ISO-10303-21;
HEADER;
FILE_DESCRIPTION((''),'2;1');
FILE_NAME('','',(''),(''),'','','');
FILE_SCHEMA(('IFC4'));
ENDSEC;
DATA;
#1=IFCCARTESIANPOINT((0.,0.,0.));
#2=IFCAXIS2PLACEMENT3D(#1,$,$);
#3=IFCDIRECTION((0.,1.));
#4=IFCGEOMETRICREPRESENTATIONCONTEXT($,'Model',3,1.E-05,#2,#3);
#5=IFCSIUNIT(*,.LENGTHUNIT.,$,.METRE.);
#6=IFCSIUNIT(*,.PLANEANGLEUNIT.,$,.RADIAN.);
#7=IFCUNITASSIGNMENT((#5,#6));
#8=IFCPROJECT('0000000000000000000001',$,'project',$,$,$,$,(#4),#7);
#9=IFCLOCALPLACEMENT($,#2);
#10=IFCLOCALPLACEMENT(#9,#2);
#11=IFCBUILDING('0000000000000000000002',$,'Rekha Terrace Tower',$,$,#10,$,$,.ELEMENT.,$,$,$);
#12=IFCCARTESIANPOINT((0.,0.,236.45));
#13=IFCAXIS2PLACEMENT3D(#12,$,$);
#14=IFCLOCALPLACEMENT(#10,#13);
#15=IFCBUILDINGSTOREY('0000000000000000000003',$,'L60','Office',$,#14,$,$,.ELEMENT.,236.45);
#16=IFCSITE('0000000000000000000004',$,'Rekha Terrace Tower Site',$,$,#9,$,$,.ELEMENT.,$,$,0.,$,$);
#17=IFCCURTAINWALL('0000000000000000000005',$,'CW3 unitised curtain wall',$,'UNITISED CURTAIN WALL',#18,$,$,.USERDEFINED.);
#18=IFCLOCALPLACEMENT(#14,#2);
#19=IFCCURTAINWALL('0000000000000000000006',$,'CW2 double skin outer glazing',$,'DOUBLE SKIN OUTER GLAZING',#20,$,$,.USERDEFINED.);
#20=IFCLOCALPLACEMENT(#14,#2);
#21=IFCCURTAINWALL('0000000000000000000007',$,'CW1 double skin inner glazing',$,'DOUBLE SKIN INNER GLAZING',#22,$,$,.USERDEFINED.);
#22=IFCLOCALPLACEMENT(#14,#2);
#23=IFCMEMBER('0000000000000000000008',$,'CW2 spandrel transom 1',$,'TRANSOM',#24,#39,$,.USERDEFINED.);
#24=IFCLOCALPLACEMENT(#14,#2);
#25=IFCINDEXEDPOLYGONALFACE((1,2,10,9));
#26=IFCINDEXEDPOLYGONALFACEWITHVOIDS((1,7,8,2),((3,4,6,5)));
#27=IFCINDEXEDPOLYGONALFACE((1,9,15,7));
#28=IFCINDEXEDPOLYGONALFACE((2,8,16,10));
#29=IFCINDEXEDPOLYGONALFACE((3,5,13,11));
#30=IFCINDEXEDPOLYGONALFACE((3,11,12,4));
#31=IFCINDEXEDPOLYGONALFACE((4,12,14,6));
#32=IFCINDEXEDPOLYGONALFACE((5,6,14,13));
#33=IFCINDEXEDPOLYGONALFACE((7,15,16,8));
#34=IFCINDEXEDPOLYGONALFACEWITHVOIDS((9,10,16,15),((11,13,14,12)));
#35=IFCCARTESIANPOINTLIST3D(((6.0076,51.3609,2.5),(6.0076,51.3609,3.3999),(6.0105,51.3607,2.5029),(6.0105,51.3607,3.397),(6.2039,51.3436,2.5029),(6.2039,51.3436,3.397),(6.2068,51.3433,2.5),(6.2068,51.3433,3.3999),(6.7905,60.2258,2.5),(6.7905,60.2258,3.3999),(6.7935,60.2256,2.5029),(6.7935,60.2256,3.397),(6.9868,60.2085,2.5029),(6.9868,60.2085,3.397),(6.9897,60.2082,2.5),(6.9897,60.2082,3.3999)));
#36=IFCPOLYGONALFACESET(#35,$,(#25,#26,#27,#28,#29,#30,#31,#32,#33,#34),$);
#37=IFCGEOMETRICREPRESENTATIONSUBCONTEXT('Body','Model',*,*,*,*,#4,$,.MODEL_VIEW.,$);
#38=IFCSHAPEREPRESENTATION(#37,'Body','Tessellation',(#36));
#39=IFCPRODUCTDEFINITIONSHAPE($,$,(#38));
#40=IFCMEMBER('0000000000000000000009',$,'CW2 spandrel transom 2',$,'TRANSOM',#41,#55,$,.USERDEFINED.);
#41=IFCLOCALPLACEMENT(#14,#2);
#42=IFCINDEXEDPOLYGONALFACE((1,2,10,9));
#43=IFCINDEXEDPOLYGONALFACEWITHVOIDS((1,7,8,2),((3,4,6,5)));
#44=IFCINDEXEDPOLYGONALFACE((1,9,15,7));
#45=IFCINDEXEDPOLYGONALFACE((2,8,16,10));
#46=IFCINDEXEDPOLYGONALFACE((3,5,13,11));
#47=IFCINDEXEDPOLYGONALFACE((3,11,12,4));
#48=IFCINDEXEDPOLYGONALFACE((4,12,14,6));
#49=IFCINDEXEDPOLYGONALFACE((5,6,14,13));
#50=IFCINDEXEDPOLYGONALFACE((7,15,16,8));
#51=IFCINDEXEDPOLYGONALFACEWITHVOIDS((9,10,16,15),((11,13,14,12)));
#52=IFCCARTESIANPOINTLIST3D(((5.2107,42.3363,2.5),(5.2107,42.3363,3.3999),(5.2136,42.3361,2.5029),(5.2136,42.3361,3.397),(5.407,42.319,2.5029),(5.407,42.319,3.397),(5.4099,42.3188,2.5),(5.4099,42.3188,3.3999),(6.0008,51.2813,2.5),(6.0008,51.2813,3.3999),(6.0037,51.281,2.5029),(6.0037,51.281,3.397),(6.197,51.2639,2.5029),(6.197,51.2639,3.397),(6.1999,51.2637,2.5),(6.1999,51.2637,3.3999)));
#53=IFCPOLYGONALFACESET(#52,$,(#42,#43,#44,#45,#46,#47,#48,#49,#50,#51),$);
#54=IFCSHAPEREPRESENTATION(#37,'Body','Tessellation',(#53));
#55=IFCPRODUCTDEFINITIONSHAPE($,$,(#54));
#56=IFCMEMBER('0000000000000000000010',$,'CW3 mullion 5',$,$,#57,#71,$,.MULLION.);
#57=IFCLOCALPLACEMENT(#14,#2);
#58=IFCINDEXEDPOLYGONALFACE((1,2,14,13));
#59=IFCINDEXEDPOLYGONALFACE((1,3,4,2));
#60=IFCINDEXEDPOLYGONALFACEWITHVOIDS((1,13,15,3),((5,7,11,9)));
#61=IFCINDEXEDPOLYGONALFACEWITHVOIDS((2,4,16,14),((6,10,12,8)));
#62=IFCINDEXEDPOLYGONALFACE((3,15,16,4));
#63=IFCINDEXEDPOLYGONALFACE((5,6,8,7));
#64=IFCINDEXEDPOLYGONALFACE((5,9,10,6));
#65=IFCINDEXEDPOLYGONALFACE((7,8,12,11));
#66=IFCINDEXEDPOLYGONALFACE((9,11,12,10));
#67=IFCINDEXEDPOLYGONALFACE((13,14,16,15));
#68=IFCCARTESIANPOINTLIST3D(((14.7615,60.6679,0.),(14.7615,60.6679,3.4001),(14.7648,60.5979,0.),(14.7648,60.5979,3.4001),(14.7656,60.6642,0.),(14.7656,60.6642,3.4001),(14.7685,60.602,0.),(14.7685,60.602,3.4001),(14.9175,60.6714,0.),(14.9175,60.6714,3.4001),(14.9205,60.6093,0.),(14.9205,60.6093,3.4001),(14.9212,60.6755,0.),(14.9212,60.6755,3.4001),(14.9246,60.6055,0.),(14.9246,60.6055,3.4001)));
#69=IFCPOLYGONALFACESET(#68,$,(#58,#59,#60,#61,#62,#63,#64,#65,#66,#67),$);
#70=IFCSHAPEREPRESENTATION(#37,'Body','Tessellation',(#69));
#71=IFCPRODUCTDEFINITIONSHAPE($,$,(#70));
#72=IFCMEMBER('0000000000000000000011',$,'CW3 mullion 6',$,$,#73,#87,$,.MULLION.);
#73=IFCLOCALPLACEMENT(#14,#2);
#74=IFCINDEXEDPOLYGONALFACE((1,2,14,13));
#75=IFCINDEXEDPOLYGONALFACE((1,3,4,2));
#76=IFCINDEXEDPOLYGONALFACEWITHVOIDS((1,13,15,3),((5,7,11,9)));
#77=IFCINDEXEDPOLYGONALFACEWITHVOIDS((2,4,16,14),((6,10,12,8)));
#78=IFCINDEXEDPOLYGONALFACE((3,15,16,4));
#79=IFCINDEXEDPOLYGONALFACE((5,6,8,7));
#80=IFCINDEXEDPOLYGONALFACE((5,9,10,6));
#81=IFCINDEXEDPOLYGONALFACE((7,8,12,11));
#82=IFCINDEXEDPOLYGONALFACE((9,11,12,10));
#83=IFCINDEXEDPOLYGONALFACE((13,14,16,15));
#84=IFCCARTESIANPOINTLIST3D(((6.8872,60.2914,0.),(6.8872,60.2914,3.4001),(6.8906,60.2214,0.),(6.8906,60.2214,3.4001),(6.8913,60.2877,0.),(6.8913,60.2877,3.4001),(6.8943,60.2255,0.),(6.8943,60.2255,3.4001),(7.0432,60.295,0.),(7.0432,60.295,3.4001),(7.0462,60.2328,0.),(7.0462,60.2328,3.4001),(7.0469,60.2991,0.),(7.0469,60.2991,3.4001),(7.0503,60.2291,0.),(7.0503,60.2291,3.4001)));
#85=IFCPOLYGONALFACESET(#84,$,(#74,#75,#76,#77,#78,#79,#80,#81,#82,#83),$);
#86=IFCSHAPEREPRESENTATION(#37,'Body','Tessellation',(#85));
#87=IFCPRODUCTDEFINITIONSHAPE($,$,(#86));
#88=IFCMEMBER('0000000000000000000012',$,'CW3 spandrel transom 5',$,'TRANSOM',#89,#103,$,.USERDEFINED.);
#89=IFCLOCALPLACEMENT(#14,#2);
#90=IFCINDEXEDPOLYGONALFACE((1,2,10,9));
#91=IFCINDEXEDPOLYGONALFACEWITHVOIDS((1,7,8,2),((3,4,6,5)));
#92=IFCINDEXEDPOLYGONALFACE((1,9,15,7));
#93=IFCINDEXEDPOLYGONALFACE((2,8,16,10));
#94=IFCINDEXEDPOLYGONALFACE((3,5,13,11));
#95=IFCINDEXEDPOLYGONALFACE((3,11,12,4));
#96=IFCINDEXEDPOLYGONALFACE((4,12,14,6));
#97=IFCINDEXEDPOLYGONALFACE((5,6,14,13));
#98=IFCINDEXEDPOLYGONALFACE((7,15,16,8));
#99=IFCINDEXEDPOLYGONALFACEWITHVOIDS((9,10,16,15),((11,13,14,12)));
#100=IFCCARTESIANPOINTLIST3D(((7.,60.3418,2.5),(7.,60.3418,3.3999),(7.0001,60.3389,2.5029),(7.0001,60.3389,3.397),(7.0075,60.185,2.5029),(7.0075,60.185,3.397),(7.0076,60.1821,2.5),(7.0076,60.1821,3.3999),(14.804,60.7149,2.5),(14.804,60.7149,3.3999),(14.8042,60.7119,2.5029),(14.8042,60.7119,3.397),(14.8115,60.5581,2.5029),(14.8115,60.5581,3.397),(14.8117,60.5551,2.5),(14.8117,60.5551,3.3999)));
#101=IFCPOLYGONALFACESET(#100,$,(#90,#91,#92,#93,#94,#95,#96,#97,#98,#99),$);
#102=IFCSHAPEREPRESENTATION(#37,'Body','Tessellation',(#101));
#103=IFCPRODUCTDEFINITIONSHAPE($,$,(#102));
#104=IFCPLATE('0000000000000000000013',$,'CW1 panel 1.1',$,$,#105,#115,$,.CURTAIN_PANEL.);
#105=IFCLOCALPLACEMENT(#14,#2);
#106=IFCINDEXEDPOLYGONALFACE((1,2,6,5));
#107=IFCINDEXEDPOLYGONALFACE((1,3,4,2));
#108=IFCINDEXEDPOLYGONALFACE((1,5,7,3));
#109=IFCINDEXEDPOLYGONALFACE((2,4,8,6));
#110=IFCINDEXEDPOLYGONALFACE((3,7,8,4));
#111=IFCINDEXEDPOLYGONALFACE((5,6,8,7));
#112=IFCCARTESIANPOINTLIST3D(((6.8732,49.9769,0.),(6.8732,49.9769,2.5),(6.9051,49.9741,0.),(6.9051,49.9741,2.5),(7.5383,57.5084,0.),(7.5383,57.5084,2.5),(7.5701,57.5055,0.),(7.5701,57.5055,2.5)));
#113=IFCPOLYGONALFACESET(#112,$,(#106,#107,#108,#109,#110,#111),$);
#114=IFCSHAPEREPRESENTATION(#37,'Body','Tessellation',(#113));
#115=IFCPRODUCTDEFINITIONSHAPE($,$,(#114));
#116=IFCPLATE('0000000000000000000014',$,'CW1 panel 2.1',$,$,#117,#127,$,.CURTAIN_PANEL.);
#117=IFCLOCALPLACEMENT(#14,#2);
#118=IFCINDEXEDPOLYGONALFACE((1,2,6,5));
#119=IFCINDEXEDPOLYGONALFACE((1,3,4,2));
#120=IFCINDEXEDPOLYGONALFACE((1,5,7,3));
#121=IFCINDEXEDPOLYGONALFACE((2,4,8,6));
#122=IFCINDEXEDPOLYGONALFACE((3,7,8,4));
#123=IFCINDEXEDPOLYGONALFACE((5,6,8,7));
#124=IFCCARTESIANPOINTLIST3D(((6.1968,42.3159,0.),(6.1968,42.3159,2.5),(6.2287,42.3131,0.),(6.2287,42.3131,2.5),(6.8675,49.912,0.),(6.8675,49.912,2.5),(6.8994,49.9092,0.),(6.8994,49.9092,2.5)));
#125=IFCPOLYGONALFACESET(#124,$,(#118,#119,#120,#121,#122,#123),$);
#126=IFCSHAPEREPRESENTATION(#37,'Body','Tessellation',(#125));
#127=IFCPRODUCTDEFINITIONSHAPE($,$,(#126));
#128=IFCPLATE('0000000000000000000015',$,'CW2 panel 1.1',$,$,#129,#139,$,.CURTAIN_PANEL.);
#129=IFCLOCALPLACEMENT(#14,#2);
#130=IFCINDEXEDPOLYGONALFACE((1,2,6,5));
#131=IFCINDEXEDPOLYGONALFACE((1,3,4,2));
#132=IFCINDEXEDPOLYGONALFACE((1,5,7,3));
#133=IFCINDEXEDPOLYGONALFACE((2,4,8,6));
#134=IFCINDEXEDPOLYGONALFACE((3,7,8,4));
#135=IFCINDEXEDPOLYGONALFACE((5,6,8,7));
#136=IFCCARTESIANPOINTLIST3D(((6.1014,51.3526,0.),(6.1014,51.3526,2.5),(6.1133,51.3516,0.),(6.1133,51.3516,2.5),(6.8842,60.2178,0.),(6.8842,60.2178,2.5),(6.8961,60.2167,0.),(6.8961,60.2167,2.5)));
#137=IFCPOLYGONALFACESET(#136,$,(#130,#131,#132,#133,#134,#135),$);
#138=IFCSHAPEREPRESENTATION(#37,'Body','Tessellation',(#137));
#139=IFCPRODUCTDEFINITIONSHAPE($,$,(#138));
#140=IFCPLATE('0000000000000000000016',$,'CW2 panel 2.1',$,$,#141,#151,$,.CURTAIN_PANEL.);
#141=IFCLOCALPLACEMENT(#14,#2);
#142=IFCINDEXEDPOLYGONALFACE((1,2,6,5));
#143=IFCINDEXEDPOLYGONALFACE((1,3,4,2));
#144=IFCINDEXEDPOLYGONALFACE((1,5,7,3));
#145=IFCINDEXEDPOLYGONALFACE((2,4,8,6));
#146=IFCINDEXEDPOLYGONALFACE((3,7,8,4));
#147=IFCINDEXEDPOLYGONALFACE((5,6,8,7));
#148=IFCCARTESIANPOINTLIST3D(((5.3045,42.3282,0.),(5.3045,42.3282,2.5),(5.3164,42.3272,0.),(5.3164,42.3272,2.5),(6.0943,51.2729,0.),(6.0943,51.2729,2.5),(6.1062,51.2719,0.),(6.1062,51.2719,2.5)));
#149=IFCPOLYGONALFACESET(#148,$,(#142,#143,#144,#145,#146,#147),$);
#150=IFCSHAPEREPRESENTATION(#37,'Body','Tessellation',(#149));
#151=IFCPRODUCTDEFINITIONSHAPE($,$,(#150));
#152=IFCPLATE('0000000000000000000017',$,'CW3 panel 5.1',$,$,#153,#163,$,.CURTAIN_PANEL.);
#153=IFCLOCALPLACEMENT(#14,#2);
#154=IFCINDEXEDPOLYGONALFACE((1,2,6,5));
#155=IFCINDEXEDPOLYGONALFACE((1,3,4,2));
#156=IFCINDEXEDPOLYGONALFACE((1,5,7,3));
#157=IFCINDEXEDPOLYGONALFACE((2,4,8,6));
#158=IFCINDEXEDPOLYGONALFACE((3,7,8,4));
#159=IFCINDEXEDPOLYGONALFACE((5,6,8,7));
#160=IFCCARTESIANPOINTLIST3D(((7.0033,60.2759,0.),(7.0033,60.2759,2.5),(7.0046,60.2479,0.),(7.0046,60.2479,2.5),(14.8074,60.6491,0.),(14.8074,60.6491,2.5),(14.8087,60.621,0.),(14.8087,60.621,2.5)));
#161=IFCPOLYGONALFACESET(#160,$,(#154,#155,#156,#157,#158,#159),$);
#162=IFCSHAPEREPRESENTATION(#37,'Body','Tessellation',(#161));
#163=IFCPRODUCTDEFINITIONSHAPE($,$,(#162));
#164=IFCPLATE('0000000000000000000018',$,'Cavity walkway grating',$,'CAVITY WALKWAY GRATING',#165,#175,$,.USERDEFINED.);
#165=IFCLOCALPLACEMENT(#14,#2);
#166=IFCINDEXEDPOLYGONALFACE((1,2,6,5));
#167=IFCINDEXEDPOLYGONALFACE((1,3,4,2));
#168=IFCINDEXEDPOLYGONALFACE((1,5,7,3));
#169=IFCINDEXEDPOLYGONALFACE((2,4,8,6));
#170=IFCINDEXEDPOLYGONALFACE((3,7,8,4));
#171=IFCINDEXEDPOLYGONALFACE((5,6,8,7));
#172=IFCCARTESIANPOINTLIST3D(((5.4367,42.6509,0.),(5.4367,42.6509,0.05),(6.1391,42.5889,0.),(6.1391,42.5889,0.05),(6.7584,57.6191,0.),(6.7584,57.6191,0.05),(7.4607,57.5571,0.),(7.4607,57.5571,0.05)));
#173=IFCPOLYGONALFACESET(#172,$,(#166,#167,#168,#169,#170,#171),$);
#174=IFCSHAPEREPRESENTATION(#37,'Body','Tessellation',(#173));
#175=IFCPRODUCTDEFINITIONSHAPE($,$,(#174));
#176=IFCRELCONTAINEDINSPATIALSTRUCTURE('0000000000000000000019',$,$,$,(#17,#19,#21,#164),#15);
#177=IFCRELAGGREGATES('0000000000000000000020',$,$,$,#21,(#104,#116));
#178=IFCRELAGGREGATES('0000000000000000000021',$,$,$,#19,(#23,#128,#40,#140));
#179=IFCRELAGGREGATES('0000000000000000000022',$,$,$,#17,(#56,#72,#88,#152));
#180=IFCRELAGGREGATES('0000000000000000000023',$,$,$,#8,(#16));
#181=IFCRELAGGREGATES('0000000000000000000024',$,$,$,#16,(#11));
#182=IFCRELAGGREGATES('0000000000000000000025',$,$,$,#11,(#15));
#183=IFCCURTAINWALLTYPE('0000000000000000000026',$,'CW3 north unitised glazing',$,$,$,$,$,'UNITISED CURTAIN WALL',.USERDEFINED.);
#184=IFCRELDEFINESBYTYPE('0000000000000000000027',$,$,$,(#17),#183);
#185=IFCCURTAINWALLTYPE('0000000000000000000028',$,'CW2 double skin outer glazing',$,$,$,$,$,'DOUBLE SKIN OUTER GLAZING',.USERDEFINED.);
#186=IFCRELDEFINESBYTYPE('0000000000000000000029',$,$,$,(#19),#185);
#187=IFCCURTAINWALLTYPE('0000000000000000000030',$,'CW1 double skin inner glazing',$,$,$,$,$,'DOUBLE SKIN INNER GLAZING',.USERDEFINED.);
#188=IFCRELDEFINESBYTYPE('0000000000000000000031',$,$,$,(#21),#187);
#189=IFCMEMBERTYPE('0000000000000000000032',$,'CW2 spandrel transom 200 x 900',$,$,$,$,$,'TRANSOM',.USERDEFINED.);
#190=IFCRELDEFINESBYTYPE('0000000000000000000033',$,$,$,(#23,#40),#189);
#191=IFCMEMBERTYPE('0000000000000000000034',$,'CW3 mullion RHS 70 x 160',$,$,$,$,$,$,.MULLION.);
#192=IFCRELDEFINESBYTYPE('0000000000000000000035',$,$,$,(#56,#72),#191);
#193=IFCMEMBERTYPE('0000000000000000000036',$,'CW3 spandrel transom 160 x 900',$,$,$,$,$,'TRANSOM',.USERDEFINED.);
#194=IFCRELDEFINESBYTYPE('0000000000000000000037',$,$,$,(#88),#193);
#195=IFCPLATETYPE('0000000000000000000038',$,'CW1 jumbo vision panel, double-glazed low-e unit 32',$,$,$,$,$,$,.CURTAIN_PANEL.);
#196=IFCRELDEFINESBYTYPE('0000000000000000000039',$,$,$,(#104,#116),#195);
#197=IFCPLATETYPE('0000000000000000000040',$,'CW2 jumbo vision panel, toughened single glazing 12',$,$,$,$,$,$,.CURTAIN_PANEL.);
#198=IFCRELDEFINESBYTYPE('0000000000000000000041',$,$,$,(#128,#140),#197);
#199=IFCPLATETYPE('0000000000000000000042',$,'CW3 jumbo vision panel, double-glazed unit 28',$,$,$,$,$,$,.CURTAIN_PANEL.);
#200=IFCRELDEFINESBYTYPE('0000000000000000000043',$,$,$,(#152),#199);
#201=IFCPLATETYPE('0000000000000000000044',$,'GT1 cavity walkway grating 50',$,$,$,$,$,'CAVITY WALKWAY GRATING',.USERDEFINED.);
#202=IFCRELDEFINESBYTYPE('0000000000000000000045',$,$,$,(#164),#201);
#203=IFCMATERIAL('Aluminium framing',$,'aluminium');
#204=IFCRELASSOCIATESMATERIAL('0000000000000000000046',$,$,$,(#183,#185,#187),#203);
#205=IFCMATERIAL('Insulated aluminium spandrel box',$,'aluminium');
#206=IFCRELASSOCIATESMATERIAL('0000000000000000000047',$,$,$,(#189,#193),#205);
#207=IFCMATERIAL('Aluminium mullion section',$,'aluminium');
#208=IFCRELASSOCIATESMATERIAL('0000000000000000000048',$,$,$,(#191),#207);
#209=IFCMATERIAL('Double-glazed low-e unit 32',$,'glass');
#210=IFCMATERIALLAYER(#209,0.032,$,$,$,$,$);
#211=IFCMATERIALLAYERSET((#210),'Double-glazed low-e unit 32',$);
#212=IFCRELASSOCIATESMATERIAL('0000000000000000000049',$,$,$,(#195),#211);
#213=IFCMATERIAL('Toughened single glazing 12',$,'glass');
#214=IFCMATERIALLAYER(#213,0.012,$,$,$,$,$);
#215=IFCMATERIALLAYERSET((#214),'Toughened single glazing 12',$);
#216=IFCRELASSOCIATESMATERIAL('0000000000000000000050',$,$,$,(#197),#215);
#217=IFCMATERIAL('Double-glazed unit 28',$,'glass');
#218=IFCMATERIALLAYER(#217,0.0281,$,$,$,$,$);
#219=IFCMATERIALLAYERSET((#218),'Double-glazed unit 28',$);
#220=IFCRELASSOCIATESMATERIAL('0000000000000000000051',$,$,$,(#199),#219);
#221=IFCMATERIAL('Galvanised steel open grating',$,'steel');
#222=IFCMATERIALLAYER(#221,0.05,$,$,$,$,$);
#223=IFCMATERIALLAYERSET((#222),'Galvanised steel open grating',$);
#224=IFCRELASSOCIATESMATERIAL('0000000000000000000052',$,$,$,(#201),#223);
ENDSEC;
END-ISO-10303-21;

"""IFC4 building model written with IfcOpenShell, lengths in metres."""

from ifc_helpers import new_model, si_unit, direction, frame, origin, origin_2d, place, context, subcontext, project, spatial, rectangle, hollow_rectangle, extrude, material, layer, layer_set, material_profile, profile_set, type_object, element, aggregate, save


model = new_model("IFC4")

# Units and contexts
model_context = context("Model", 3, precision=1e-05, world=origin(), true_north=direction((0.0, 1.0)))
body_context = subcontext(model_context, "Body", "Model", "MODEL_VIEW")
ifc_project = project(units=[si_unit("LENGTHUNIT", "METRE"), si_unit("PLANEANGLEUNIT", "RADIAN")], contexts=[model_context])

# Site, building, storey
site_placement = place(None, origin())
site = spatial("IfcSite", under=ifc_project, at=site_placement, Name="Rekha Terrace Tower Site", CompositionType="ELEMENT", RefElevation=0.0)
building_placement = place(site_placement, origin())
building = spatial("IfcBuilding", under=site, at=building_placement, Name="Rekha Terrace Tower", CompositionType="ELEMENT")
storey_placement = place(building_placement, frame((0.0, 0.0, 236.45)))
storey = spatial("IfcBuildingStorey", under=building, at=storey_placement, Name="L60", Description="Office", CompositionType="ELEMENT", Elevation=236.45)

# Curtain walls
ifc_material_1 = material(Name="Aluminium framing", Category="aluminium")
curtain_wall_type_1 = type_object("IfcCurtainWallType", Name="CW3 north unitised glazing", ElementType="UNITISED CURTAIN WALL", PredefinedType="USERDEFINED", material=ifc_material_1)
curtain_wall_1_placement = place(storey_placement, origin())
curtain_wall_1 = element("IfcCurtainWall", 1, at=curtain_wall_1_placement, inside=storey, type_object=curtain_wall_type_1, Name="CW3 unitised curtain wall", ObjectType="UNITISED CURTAIN WALL", PredefinedType="USERDEFINED")
curtain_wall_type_2 = type_object("IfcCurtainWallType", Name="CW2 double skin outer glazing", ElementType="DOUBLE SKIN OUTER GLAZING", PredefinedType="USERDEFINED", material=ifc_material_1)
curtain_wall_2_placement = place(storey_placement, origin())
curtain_wall_2 = element("IfcCurtainWall", 2, at=curtain_wall_2_placement, inside=storey, type_object=curtain_wall_type_2, Name="CW2 double skin outer glazing", ObjectType="DOUBLE SKIN OUTER GLAZING", PredefinedType="USERDEFINED")

# Curtain wall
curtain_wall_type_3 = type_object("IfcCurtainWallType", Name="CW1 double skin inner glazing", ElementType="DOUBLE SKIN INNER GLAZING", PredefinedType="USERDEFINED", material=ifc_material_1)
curtain_wall_3_placement = place(storey_placement, origin())
curtain_wall_3 = element("IfcCurtainWall", 3, at=curtain_wall_3_placement, inside=storey, type_object=curtain_wall_type_3, Name="CW1 double skin inner glazing", ObjectType="DOUBLE SKIN INNER GLAZING", PredefinedType="USERDEFINED")
ifc_material_2 = material(Name="Aluminium mullion section", Category="aluminium")
ifc_material_3 = material(Name="Insulated aluminium spandrel box", Category="aluminium")

# Members
ifc_material_profile_1 = material_profile(ifc_material_3, hollow_rectangle(XDim=0.2, YDim=0.8999, WallThickness=0.0029, at=origin_2d()), Name="AL SPANDREL BOX 200x900")
ifc_profile_set_1 = profile_set([ifc_material_profile_1], Name="Insulated aluminium spandrel box")
member_type_1 = type_object("IfcMemberType", Name="CW2 spandrel transom 200 x 900", ElementType="TRANSOM", PredefinedType="USERDEFINED", material=ifc_profile_set_1)
member_1_placement = place(storey_placement, frame((6.8901, 60.217, 2.95), z_axis=(-0.087978, -0.996122, 0.0), x_axis=(0.996122, -0.087978, 0.0)))
member_1 = element("IfcMember", 4, at=member_1_placement, type_object=member_type_1, Name="CW2 spandrel transom 1", ObjectType="TRANSOM", PredefinedType="USERDEFINED", context=body_context, shape_type="SweptSolid", body=[
    extrude(hollow_rectangle(XDim=0.2, YDim=0.8999, WallThickness=0.0029, at=origin_2d()), origin(), (0.0, 0.0, 1.0), 8.8994),
])
member_2_placement = place(storey_placement, frame((6.1003, 51.2725, 2.95), z_axis=(-0.087981, -0.996122, 0.0), x_axis=(0.996122, -0.087981, 0.0)))
member_2 = element("IfcMember", 5, at=member_2_placement, type_object=member_type_1, Name="CW2 spandrel transom 2", ObjectType="TRANSOM", PredefinedType="USERDEFINED", context=body_context, shape_type="SweptSolid", body=[
    extrude(hollow_rectangle(XDim=0.2, YDim=0.8999, WallThickness=0.0029, at=origin_2d()), origin(), (0.0, 0.0, 1.0), 8.9797),
])
ifc_material_profile_2 = material_profile(ifc_material_2, hollow_rectangle(XDim=0.0701, YDim=0.1599, WallThickness=0.0039, at=origin_2d()), Name="AL RHS 70x160")
ifc_profile_set_2 = profile_set([ifc_material_profile_2], Name="Aluminium mullion section")
member_type_2 = type_object("IfcMemberType", Name="CW3 mullion RHS 70 x 160", PredefinedType="MULLION", material=ifc_profile_set_2)
member_3_placement = place(storey_placement, frame((14.843, 60.6367, 0.0), z_axis=(0.0, 0.0, 1.0), x_axis=(0.047759, -0.998859, 0.0)))
member_3 = element("IfcMember", 6, at=member_3_placement, type_object=member_type_2, Name="CW3 mullion 5", PredefinedType="MULLION", context=body_context, shape_type="SweptSolid", body=[
    extrude(hollow_rectangle(XDim=0.0701, YDim=0.1599, WallThickness=0.0039, at=origin_2d()), origin(), (0.0, 0.0, 1.0), 3.4001),
])
member_4_placement = place(storey_placement, frame((6.9688, 60.2603, 0.0), z_axis=(0.0, 0.0, 1.0), x_axis=(0.047759, -0.998859, 0.0)))
member_4 = element("IfcMember", 7, at=member_4_placement, type_object=member_type_2, Name="CW3 mullion 6", PredefinedType="MULLION", context=body_context, shape_type="SweptSolid", body=[
    extrude(hollow_rectangle(XDim=0.0701, YDim=0.1599, WallThickness=0.0039, at=origin_2d()), origin(), (0.0, 0.0, 1.0), 3.4001),
])
ifc_material_profile_3 = material_profile(ifc_material_3, hollow_rectangle(XDim=0.1599, YDim=0.8999, WallThickness=0.0029, at=origin_2d()), Name="AL SPANDREL BOX 160x900")
ifc_profile_set_3 = profile_set([ifc_material_profile_3], Name="Insulated aluminium spandrel box")
member_type_3 = type_object("IfcMemberType", Name="CW3 spandrel transom 160 x 900", ElementType="TRANSOM", PredefinedType="USERDEFINED", material=ifc_profile_set_3)
member_5_placement = place(storey_placement, frame((14.8079, 60.635, 2.95), z_axis=(-0.998859, -0.047748, 0.0), x_axis=(0.047748, -0.998859, 0.0)))
member_5 = element("IfcMember", 8, at=member_5_placement, type_object=member_type_3, Name="CW3 spandrel transom 5", ObjectType="TRANSOM", PredefinedType="USERDEFINED", context=body_context, shape_type="SweptSolid", body=[
    extrude(hollow_rectangle(XDim=0.1599, YDim=0.8999, WallThickness=0.0029, at=origin_2d()), origin(), (0.0, 0.0, 1.0), 7.813),
])

# Plates
ifc_material_4 = material(Name="Double-glazed low-e unit 32", Category="glass")
ifc_layer_1 = layer(ifc_material_4, 0.032)
ifc_layer_set_1 = layer_set([ifc_layer_1], Name="Double-glazed low-e unit 32")
plate_type_1 = type_object("IfcPlateType", Name="CW1 jumbo vision panel, double-glazed low-e unit 32", PredefinedType="CURTAIN_PANEL", material=ifc_layer_set_1)
plate_1_placement = place(storey_placement, frame((7.2217, 53.7412, 0.0), z_axis=(0.0, 0.0, 1.0), x_axis=(-0.087958, -0.996124, 0.0)))
plate_1 = element("IfcPlate", 9, at=plate_1_placement, type_object=plate_type_1, Name="CW1 panel 1.1", PredefinedType="CURTAIN_PANEL", context=body_context, shape_type="SweptSolid", body=[
    extrude(rectangle(XDim=7.5608, YDim=0.032, at=origin_2d()), origin(), (0.0, 0.0, 1.0), 2.5),
])
plate_2_placement = place(storey_placement, frame((6.5481, 46.1125, 0.0), z_axis=(0.0, 0.0, 1.0), x_axis=(-0.087958, -0.996124, 0.0)))
plate_2 = element("IfcPlate", 10, at=plate_2_placement, type_object=plate_type_1, Name="CW1 panel 2.1", PredefinedType="CURTAIN_PANEL", context=body_context, shape_type="SweptSolid", body=[
    extrude(rectangle(XDim=7.6257, YDim=0.032, at=origin_2d()), origin(), (0.0, 0.0, 1.0), 2.5),
])
aggregate(curtain_wall_3, [plate_1, plate_2])
ifc_material_5 = material(Name="Toughened single glazing 12", Category="glass")
ifc_layer_2 = layer(ifc_material_5, 0.012)
ifc_layer_set_2 = layer_set([ifc_layer_2], Name="Toughened single glazing 12")
plate_type_2 = type_object("IfcPlateType", Name="CW2 jumbo vision panel, toughened single glazing 12", PredefinedType="CURTAIN_PANEL", material=ifc_layer_set_2)
plate_3_placement = place(storey_placement, frame((6.4988, 55.7847, 0.0), z_axis=(0.0, 0.0, 1.0), x_axis=(-0.087958, -0.996124, 0.0)))
plate_3 = element("IfcPlate", 11, at=plate_3_placement, type_object=plate_type_2, Name="CW2 panel 1.1", PredefinedType="CURTAIN_PANEL", context=body_context, shape_type="SweptSolid", body=[
    extrude(rectangle(XDim=8.8997, YDim=0.012, at=origin_2d()), origin(), (0.0, 0.0, 1.0), 2.5),
])
plate_4_placement = place(storey_placement, frame((5.7053, 46.8, 0.0), z_axis=(0.0, 0.0, 1.0), x_axis=(-0.087958, -0.996124, 0.0)))
plate_4 = element("IfcPlate", 12, at=plate_4_placement, type_object=plate_type_2, Name="CW2 panel 2.1", PredefinedType="CURTAIN_PANEL", context=body_context, shape_type="SweptSolid", body=[
    extrude(rectangle(XDim=8.9795, YDim=0.012, at=origin_2d()), origin(), (0.0, 0.0, 1.0), 2.5),
])
aggregate(curtain_wall_2, [member_1, plate_3, member_2, plate_4])
ifc_material_6 = material(Name="Double-glazed unit 28", Category="glass")
ifc_layer_3 = layer(ifc_material_6, 0.0281)
ifc_layer_set_3 = layer_set([ifc_layer_3], Name="Double-glazed unit 28")
plate_type_3 = type_object("IfcPlateType", Name="CW3 jumbo vision panel, double-glazed unit 28", PredefinedType="CURTAIN_PANEL", material=ifc_layer_set_3)
plate_5_placement = place(storey_placement, frame((10.906, 60.4485, 0.0), z_axis=(0.0, 0.0, 1.0), x_axis=(-0.998859, -0.047759, 0.0)))
plate_5 = element("IfcPlate", 13, at=plate_5_placement, type_object=plate_type_3, Name="CW3 panel 5.1", PredefinedType="CURTAIN_PANEL", context=body_context, shape_type="SweptSolid", body=[
    extrude(rectangle(XDim=7.813, YDim=0.0281, at=origin_2d()), origin(), (0.0, 0.0, 1.0), 2.5),
])
aggregate(curtain_wall_1, [member_3, member_4, member_5, plate_5])
ifc_material_7 = material(Name="Galvanised steel open grating", Category="steel")
ifc_layer_4 = layer(ifc_material_7, 0.05)
ifc_layer_set_4 = layer_set([ifc_layer_4], Name="Galvanised steel open grating")
plate_type_4 = type_object("IfcPlateType", Name="GT1 cavity walkway grating 50", ElementType="CAVITY WALKWAY GRATING", PredefinedType="USERDEFINED", material=ifc_layer_set_4)
plate_6_placement = place(storey_placement, frame((6.4487, 50.104, 0.0), z_axis=(0.0, 0.0, 1.0), x_axis=(-0.087958, -0.996124, 0.0)))
element("IfcPlate", 14, at=plate_6_placement, inside=storey, type_object=plate_type_4, Name="Cavity walkway grating", ObjectType="CAVITY WALKWAY GRATING", PredefinedType="USERDEFINED", context=body_context, shape_type="SweptSolid", body=[
    extrude(rectangle(XDim=15.0264, YDim=0.7051, at=origin_2d()), origin(), (0.0, 0.0, 1.0), 0.05),
])

save(model, "model.ifc")
